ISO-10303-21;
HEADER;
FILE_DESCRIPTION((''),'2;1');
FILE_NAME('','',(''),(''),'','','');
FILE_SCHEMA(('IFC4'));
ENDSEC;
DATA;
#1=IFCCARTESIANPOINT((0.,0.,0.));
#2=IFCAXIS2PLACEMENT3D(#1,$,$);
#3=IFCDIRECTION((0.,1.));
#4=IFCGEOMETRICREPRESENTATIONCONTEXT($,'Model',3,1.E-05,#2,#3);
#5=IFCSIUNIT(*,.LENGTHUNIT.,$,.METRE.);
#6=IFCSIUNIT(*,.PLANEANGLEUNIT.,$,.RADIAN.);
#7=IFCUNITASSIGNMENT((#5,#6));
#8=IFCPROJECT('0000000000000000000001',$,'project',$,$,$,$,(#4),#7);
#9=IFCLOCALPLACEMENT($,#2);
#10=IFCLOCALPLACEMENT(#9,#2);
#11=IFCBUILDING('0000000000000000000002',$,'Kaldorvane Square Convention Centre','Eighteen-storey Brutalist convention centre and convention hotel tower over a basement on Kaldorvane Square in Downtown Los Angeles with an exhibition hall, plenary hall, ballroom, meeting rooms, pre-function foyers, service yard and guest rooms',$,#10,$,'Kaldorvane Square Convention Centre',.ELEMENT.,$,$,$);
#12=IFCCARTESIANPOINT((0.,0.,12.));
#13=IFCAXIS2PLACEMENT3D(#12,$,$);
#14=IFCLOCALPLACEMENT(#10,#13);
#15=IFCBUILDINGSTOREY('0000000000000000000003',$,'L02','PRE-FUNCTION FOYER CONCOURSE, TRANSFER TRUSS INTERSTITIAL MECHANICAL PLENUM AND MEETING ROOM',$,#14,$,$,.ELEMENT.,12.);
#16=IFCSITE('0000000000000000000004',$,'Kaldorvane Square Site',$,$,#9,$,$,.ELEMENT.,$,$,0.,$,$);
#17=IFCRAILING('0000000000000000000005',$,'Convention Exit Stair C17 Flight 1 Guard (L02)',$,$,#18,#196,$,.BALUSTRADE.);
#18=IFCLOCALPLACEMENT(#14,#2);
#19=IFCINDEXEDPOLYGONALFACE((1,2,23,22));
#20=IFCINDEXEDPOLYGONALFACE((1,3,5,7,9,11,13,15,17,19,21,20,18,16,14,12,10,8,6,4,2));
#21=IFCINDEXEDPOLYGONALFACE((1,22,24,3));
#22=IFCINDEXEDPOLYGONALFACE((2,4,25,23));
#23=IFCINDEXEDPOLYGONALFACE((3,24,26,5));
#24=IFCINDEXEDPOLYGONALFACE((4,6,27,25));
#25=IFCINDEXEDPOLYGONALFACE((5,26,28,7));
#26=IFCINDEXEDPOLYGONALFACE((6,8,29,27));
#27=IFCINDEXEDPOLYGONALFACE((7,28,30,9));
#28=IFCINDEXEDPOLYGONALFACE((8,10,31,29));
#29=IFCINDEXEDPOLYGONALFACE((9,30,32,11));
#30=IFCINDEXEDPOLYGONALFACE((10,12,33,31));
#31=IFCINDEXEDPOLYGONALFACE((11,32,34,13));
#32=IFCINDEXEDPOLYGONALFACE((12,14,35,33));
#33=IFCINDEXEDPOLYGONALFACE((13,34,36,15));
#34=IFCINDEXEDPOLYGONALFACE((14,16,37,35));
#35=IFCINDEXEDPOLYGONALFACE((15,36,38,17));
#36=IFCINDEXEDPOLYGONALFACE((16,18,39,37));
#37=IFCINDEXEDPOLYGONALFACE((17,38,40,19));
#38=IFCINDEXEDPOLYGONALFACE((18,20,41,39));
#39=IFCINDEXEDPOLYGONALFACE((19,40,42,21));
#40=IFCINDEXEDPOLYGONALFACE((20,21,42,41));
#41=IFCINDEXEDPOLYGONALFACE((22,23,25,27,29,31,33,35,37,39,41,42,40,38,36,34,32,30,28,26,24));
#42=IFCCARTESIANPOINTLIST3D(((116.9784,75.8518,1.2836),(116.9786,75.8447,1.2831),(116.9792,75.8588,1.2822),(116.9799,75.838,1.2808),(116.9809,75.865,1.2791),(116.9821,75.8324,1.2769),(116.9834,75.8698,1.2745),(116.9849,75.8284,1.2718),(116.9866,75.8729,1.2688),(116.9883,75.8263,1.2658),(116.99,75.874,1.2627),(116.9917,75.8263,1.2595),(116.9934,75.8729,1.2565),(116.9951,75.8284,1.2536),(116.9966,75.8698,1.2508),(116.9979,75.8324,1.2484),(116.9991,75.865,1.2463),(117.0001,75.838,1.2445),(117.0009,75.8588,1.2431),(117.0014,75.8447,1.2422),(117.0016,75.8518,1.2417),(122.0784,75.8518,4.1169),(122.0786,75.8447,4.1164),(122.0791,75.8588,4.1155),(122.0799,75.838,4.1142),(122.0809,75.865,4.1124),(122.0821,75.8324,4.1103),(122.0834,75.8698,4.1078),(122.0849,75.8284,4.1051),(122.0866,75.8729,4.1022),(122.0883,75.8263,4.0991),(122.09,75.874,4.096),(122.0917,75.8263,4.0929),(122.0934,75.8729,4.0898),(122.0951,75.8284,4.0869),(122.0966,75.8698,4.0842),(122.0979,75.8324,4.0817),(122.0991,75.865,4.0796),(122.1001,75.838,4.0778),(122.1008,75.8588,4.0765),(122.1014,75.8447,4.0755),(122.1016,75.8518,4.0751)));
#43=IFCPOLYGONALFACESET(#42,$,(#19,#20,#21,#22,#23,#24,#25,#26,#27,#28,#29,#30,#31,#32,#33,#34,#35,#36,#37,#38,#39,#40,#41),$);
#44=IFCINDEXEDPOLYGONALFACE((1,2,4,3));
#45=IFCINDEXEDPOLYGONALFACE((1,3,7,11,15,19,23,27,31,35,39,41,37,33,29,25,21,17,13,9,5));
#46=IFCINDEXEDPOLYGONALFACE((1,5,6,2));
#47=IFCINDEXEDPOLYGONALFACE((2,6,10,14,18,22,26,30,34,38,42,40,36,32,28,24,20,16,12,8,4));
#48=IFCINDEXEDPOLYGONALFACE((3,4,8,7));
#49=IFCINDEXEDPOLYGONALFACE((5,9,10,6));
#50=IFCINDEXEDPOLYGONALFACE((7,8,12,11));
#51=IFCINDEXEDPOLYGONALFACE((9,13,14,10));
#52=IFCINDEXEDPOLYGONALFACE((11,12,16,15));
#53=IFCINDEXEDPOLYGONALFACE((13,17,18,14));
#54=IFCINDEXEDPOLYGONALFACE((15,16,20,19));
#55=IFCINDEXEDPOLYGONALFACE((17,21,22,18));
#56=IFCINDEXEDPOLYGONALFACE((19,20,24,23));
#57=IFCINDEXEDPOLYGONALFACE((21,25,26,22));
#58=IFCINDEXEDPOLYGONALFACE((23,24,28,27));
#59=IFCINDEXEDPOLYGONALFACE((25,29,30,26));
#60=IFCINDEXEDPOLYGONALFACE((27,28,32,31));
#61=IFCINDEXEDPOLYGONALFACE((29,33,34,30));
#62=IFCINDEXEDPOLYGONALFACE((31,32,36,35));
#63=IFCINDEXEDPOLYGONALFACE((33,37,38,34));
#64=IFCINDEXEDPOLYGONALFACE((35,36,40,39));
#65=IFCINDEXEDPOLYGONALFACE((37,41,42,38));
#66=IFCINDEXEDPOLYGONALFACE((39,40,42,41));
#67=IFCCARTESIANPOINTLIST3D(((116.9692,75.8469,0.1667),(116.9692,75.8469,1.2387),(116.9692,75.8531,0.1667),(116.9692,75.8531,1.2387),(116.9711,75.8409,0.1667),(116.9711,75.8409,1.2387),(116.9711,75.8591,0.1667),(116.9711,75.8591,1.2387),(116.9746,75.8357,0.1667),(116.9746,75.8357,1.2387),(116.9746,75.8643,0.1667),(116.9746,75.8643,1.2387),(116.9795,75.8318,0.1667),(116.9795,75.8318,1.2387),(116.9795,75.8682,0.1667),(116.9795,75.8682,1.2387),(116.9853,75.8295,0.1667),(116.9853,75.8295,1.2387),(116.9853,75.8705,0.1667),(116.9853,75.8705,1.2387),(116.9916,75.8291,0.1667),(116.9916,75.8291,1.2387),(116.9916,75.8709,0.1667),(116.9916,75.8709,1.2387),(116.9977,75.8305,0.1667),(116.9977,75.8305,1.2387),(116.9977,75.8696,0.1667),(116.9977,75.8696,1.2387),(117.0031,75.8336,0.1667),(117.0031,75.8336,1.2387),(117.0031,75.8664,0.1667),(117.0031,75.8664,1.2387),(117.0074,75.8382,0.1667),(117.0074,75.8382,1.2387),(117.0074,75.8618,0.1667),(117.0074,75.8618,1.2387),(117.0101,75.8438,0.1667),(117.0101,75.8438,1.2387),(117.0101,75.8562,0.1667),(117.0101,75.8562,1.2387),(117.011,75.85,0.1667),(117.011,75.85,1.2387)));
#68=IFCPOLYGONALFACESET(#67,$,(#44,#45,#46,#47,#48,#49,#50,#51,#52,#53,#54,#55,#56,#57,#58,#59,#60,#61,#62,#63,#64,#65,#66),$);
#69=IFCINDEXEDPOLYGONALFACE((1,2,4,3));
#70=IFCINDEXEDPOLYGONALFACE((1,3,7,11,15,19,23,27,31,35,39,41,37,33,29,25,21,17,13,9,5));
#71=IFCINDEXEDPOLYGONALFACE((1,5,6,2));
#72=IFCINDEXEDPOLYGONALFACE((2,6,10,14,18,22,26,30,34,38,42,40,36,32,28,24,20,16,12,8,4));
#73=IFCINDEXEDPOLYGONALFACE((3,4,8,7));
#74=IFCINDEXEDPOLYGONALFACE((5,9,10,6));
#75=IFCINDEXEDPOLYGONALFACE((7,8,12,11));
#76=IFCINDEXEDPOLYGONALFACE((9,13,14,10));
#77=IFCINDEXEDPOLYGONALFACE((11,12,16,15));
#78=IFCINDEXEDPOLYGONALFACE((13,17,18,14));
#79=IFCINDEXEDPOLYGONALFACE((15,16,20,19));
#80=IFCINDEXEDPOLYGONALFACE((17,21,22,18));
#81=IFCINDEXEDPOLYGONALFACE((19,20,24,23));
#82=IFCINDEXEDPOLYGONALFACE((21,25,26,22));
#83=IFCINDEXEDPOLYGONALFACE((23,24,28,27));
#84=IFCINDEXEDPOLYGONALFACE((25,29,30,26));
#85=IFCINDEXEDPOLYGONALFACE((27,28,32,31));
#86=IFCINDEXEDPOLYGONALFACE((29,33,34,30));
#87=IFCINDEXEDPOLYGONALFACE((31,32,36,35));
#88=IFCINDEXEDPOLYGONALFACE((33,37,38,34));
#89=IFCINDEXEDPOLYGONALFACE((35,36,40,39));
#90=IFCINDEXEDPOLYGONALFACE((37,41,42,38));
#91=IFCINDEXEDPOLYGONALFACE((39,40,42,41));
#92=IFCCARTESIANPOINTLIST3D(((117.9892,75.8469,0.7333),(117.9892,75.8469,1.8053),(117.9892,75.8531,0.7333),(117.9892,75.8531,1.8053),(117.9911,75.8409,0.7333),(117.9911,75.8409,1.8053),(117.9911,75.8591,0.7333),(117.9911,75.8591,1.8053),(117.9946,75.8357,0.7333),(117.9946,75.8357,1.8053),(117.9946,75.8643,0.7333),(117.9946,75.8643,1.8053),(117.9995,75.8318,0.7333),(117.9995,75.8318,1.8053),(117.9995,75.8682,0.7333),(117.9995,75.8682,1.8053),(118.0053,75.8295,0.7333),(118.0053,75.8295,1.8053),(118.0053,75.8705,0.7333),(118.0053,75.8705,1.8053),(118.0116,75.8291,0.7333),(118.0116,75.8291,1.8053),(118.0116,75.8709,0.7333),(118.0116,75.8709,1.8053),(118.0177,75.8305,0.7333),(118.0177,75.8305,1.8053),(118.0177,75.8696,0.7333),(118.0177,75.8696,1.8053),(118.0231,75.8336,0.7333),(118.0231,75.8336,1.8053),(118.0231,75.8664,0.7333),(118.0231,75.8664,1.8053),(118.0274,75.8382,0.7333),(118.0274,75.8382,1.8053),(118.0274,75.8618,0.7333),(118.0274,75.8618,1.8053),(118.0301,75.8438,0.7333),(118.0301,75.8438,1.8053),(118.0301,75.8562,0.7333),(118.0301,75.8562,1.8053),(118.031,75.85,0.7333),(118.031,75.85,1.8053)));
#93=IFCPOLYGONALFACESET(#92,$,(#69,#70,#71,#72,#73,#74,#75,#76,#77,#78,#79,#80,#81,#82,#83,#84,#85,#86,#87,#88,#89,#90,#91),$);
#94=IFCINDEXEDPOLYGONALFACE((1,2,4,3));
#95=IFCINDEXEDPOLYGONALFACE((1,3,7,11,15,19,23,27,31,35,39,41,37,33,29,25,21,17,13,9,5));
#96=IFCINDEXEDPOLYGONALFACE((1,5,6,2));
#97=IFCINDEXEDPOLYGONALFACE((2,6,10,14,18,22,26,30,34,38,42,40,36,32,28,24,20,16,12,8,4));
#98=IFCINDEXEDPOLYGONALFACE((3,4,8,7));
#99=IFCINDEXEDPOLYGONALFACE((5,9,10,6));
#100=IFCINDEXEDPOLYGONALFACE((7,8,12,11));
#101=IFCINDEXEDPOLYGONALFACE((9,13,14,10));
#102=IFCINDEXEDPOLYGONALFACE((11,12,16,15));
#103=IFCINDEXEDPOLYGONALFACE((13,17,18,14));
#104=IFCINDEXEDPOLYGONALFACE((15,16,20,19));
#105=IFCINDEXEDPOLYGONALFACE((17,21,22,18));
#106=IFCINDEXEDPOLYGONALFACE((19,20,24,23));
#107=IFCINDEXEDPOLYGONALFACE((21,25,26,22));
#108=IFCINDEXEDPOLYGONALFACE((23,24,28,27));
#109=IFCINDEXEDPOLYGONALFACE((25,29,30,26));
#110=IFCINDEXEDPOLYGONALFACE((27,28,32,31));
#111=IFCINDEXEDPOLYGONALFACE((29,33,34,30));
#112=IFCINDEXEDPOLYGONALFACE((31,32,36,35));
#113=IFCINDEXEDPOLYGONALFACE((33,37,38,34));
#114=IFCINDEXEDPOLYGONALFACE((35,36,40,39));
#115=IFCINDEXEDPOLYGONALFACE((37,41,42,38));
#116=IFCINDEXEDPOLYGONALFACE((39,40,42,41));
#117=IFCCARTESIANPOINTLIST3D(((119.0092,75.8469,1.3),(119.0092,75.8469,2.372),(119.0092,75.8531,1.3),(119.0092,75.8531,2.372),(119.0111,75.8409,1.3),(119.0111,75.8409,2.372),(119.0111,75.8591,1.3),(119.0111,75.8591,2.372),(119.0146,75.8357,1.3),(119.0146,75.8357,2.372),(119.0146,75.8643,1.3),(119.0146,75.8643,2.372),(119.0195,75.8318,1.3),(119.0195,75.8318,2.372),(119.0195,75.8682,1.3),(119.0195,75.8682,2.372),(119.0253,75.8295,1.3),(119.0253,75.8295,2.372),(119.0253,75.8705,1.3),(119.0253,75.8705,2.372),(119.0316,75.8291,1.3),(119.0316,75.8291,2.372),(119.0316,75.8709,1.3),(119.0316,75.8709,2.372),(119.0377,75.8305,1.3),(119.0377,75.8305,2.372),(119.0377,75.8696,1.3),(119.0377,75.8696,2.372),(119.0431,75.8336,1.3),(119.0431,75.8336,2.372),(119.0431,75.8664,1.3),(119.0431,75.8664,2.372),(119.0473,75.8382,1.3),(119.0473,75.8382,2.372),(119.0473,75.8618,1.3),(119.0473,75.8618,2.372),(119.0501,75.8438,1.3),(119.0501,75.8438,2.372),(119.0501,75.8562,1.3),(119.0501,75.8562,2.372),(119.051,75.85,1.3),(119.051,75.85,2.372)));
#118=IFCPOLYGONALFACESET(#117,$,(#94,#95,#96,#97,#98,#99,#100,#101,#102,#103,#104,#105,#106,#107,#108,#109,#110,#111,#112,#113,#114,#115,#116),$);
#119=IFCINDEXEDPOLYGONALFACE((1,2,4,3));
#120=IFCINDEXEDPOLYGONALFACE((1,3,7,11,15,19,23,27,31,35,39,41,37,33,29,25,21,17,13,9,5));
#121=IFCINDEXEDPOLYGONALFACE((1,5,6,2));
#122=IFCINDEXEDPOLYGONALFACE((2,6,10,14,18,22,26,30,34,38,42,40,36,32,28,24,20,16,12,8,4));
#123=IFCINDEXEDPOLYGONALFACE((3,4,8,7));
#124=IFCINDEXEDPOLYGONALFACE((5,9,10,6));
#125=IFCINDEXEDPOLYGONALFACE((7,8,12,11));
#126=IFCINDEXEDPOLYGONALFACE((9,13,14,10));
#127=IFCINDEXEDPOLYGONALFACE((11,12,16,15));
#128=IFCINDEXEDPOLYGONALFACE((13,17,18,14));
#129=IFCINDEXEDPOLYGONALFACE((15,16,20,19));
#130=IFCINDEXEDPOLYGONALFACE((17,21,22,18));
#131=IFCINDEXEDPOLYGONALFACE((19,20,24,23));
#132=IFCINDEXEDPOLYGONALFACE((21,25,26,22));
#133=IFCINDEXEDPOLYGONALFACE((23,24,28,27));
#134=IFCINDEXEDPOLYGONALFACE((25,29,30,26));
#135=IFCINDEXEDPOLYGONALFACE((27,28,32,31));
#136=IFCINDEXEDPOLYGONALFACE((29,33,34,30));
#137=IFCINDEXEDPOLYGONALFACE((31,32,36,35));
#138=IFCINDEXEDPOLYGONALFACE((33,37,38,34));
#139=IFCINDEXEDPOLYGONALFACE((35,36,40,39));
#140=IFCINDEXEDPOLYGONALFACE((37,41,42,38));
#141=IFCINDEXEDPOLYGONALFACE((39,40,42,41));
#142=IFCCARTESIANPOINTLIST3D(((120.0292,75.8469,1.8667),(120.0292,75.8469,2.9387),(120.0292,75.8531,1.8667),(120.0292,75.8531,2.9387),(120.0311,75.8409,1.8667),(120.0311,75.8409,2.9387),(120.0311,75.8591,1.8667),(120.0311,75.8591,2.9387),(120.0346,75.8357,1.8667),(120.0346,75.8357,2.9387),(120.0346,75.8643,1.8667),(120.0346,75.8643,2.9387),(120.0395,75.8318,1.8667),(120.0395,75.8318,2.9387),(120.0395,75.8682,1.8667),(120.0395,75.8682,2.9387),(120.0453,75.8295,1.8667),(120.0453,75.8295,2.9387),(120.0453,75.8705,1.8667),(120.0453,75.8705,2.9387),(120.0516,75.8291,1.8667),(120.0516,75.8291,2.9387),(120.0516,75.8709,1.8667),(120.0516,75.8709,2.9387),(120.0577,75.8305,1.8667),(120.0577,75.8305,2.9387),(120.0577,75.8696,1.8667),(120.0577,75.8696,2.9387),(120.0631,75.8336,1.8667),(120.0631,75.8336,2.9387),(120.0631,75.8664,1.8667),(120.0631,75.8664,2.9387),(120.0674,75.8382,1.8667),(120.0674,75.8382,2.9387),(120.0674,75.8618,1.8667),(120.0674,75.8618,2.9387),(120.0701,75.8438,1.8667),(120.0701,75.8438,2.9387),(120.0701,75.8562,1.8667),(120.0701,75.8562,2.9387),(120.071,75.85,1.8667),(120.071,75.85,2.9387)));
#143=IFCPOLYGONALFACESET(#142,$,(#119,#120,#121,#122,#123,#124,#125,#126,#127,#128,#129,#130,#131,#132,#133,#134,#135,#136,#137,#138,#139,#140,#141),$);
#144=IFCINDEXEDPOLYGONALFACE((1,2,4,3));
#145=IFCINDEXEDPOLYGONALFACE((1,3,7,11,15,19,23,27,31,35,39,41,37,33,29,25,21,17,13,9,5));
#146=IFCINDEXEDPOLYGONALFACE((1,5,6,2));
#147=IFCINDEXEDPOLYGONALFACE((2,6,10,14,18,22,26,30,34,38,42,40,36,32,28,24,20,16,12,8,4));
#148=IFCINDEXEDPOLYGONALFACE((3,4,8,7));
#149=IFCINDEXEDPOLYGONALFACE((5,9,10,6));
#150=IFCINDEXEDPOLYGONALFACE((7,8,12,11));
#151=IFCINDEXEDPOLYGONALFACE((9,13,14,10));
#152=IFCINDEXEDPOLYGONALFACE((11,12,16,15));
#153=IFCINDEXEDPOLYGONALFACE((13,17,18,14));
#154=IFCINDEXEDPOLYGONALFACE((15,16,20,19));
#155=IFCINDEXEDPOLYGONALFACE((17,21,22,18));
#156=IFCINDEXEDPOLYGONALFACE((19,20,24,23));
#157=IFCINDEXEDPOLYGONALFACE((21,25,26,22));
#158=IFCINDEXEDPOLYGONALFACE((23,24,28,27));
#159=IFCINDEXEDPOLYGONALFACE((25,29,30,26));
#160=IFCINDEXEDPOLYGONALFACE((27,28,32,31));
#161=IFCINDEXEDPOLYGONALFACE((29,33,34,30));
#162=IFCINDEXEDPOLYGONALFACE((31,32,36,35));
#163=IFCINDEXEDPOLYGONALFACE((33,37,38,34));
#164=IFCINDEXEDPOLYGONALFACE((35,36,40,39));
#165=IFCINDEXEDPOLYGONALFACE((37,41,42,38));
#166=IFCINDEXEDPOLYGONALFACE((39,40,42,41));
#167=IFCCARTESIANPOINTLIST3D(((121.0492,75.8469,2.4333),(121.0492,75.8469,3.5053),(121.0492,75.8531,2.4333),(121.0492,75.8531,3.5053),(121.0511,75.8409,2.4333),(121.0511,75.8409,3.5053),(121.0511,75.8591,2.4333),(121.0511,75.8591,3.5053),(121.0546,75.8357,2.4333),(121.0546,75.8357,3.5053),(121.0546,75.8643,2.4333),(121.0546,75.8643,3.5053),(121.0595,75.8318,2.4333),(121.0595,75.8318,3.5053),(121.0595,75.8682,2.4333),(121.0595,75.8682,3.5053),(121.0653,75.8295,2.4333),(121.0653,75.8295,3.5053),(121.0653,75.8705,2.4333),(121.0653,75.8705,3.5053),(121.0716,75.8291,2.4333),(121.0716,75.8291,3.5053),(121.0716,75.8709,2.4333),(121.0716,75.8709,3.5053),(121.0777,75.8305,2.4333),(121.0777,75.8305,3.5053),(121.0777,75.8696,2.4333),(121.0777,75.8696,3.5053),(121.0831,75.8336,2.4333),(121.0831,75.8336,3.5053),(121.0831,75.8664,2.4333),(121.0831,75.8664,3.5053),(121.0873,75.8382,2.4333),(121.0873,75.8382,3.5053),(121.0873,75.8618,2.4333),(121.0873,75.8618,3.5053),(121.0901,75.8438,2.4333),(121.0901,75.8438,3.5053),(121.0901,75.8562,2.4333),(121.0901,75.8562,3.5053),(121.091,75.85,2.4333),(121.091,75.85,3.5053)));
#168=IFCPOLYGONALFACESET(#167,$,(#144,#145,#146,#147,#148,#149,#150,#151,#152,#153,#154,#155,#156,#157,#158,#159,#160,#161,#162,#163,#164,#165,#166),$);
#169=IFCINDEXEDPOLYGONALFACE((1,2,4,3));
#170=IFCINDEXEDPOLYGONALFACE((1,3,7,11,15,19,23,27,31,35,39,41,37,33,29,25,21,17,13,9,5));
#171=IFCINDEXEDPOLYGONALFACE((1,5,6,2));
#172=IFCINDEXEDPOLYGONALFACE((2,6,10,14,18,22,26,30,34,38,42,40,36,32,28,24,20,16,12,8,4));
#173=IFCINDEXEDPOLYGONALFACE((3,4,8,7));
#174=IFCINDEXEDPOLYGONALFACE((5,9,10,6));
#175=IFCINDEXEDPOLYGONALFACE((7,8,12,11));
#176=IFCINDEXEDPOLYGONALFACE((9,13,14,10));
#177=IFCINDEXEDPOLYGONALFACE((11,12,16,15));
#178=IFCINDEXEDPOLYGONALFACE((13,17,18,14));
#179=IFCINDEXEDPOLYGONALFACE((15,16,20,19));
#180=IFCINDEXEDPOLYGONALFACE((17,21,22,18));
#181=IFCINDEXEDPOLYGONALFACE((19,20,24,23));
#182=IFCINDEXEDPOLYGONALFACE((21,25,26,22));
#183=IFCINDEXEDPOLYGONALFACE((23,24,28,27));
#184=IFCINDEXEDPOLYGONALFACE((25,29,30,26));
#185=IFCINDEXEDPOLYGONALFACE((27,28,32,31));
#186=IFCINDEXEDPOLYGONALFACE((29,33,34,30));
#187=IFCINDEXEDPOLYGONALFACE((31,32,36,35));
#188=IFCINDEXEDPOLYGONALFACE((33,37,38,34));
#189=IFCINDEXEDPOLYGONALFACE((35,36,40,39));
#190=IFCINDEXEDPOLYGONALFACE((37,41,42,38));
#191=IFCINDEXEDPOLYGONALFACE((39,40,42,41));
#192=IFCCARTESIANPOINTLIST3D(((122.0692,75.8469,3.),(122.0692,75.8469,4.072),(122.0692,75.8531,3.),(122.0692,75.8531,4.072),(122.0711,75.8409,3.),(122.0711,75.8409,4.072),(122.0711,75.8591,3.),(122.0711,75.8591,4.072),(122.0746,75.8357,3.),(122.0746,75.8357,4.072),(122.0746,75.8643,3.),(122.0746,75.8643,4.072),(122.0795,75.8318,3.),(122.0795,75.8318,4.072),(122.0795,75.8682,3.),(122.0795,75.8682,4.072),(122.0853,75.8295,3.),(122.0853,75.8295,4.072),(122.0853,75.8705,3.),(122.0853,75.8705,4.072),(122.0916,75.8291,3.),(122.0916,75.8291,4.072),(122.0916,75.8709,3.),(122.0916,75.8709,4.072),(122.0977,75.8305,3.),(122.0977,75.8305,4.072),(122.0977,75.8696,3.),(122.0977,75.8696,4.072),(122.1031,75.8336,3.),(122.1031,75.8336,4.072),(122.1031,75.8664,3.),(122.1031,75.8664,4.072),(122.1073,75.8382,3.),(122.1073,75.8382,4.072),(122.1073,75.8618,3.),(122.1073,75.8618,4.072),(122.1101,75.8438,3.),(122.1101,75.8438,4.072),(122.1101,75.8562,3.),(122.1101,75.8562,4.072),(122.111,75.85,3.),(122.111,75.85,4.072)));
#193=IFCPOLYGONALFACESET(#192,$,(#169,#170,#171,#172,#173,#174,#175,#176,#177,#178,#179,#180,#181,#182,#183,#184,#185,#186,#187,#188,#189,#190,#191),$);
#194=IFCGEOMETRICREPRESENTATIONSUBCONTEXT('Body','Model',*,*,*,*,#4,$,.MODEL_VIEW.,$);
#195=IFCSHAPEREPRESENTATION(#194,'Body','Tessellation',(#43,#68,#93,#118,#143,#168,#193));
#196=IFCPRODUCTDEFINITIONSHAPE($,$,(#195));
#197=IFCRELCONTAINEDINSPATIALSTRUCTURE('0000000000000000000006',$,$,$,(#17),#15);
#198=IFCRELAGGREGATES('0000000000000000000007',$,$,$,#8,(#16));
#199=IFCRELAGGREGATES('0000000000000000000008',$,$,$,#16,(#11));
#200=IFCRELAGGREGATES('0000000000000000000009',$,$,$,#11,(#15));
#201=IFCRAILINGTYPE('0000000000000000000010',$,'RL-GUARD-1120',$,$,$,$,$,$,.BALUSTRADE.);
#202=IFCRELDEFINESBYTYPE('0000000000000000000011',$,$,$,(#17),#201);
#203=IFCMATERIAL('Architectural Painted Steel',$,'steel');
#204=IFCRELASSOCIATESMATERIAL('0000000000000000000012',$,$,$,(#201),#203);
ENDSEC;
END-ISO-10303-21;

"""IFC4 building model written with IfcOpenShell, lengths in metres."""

from ifc_helpers import new_model, si_unit, direction, frame, origin, origin_2d, place, context, subcontext, project, spatial, circle, extrude, material, type_object, element, save


model = new_model("IFC4")

# Units and contexts
model_context = context("Model", 3, precision=1e-05, world=origin(), true_north=direction((0.0, 1.0)))
body_context = subcontext(model_context, "Body", "Model", "MODEL_VIEW")
ifc_project = project(units=[si_unit("LENGTHUNIT", "METRE"), si_unit("PLANEANGLEUNIT", "RADIAN")], contexts=[model_context])

# Site, building, storey
site_placement = place(None, origin())
site = spatial("IfcSite", under=ifc_project, at=site_placement, Name="Kaldorvane Square Site", CompositionType="ELEMENT", RefElevation=0.0)
building_placement = place(site_placement, origin())
building = spatial("IfcBuilding", under=site, at=building_placement, Name="Kaldorvane Square Convention Centre", Description="Eighteen-storey Brutalist convention centre and convention hotel tower over a basement on Kaldorvane Square in Downtown Los Angeles with an exhibition hall, plenary hall, ballroom, meeting rooms, pre-function foyers, service yard and guest rooms", LongName="Kaldorvane Square Convention Centre", CompositionType="ELEMENT")
storey_placement = place(building_placement, frame((0.0, 0.0, 12.0)))
storey = spatial("IfcBuildingStorey", under=building, at=storey_placement, Name="L02", Description="PRE-FUNCTION FOYER CONCOURSE, TRANSFER TRUSS INTERSTITIAL MECHANICAL PLENUM AND MEETING ROOM", CompositionType="ELEMENT", Elevation=12.0)

# Railing
ifc_material_1 = material(Name="Architectural Painted Steel", Category="steel")
railing_type_1 = type_object("IfcRailingType", Name="RL-GUARD-1120", PredefinedType="BALUSTRADE", material=ifc_material_1)
railing_1_placement = place(storey_placement, frame((116.99, 75.85, 0.1667)))
element("IfcRailing", 1, at=railing_1_placement, inside=storey, type_object=railing_type_1, Name="Convention Exit Stair C17 Flight 1 Guard (L02)", PredefinedType="BALUSTRADE", context=body_context, shape_type="SweptSolid", body=[
    extrude(circle(Radius=0.024, at=origin_2d()), frame((0.0, 0.0, 1.096), z_axis=(0.874157, 0.0, 0.485643), x_axis=(0.0, 1.0, 0.0)), (0.0, 0.0, 1.0), 5.8342),
    extrude(circle(Radius=0.021, at=origin_2d()), origin(), (0.0, 0.0, 1.0), 1.072),
    extrude(circle(Radius=0.021, at=origin_2d()), frame((1.02, 0.0, 0.5667)), (0.0, 0.0, 1.0), 1.072),
    extrude(circle(Radius=0.021, at=origin_2d()), frame((2.04, 0.0, 1.1333)), (0.0, 0.0, 1.0), 1.072),
    extrude(circle(Radius=0.021, at=origin_2d()), frame((3.06, 0.0, 1.7)), (0.0, 0.0, 1.0), 1.072),
    extrude(circle(Radius=0.021, at=origin_2d()), frame((4.08, 0.0, 2.2667)), (0.0, 0.0, 1.0), 1.072),
    extrude(circle(Radius=0.021, at=origin_2d()), frame((5.1, 0.0, 2.8333)), (0.0, 0.0, 1.0), 1.072),
])

save(model, "model.ifc")
